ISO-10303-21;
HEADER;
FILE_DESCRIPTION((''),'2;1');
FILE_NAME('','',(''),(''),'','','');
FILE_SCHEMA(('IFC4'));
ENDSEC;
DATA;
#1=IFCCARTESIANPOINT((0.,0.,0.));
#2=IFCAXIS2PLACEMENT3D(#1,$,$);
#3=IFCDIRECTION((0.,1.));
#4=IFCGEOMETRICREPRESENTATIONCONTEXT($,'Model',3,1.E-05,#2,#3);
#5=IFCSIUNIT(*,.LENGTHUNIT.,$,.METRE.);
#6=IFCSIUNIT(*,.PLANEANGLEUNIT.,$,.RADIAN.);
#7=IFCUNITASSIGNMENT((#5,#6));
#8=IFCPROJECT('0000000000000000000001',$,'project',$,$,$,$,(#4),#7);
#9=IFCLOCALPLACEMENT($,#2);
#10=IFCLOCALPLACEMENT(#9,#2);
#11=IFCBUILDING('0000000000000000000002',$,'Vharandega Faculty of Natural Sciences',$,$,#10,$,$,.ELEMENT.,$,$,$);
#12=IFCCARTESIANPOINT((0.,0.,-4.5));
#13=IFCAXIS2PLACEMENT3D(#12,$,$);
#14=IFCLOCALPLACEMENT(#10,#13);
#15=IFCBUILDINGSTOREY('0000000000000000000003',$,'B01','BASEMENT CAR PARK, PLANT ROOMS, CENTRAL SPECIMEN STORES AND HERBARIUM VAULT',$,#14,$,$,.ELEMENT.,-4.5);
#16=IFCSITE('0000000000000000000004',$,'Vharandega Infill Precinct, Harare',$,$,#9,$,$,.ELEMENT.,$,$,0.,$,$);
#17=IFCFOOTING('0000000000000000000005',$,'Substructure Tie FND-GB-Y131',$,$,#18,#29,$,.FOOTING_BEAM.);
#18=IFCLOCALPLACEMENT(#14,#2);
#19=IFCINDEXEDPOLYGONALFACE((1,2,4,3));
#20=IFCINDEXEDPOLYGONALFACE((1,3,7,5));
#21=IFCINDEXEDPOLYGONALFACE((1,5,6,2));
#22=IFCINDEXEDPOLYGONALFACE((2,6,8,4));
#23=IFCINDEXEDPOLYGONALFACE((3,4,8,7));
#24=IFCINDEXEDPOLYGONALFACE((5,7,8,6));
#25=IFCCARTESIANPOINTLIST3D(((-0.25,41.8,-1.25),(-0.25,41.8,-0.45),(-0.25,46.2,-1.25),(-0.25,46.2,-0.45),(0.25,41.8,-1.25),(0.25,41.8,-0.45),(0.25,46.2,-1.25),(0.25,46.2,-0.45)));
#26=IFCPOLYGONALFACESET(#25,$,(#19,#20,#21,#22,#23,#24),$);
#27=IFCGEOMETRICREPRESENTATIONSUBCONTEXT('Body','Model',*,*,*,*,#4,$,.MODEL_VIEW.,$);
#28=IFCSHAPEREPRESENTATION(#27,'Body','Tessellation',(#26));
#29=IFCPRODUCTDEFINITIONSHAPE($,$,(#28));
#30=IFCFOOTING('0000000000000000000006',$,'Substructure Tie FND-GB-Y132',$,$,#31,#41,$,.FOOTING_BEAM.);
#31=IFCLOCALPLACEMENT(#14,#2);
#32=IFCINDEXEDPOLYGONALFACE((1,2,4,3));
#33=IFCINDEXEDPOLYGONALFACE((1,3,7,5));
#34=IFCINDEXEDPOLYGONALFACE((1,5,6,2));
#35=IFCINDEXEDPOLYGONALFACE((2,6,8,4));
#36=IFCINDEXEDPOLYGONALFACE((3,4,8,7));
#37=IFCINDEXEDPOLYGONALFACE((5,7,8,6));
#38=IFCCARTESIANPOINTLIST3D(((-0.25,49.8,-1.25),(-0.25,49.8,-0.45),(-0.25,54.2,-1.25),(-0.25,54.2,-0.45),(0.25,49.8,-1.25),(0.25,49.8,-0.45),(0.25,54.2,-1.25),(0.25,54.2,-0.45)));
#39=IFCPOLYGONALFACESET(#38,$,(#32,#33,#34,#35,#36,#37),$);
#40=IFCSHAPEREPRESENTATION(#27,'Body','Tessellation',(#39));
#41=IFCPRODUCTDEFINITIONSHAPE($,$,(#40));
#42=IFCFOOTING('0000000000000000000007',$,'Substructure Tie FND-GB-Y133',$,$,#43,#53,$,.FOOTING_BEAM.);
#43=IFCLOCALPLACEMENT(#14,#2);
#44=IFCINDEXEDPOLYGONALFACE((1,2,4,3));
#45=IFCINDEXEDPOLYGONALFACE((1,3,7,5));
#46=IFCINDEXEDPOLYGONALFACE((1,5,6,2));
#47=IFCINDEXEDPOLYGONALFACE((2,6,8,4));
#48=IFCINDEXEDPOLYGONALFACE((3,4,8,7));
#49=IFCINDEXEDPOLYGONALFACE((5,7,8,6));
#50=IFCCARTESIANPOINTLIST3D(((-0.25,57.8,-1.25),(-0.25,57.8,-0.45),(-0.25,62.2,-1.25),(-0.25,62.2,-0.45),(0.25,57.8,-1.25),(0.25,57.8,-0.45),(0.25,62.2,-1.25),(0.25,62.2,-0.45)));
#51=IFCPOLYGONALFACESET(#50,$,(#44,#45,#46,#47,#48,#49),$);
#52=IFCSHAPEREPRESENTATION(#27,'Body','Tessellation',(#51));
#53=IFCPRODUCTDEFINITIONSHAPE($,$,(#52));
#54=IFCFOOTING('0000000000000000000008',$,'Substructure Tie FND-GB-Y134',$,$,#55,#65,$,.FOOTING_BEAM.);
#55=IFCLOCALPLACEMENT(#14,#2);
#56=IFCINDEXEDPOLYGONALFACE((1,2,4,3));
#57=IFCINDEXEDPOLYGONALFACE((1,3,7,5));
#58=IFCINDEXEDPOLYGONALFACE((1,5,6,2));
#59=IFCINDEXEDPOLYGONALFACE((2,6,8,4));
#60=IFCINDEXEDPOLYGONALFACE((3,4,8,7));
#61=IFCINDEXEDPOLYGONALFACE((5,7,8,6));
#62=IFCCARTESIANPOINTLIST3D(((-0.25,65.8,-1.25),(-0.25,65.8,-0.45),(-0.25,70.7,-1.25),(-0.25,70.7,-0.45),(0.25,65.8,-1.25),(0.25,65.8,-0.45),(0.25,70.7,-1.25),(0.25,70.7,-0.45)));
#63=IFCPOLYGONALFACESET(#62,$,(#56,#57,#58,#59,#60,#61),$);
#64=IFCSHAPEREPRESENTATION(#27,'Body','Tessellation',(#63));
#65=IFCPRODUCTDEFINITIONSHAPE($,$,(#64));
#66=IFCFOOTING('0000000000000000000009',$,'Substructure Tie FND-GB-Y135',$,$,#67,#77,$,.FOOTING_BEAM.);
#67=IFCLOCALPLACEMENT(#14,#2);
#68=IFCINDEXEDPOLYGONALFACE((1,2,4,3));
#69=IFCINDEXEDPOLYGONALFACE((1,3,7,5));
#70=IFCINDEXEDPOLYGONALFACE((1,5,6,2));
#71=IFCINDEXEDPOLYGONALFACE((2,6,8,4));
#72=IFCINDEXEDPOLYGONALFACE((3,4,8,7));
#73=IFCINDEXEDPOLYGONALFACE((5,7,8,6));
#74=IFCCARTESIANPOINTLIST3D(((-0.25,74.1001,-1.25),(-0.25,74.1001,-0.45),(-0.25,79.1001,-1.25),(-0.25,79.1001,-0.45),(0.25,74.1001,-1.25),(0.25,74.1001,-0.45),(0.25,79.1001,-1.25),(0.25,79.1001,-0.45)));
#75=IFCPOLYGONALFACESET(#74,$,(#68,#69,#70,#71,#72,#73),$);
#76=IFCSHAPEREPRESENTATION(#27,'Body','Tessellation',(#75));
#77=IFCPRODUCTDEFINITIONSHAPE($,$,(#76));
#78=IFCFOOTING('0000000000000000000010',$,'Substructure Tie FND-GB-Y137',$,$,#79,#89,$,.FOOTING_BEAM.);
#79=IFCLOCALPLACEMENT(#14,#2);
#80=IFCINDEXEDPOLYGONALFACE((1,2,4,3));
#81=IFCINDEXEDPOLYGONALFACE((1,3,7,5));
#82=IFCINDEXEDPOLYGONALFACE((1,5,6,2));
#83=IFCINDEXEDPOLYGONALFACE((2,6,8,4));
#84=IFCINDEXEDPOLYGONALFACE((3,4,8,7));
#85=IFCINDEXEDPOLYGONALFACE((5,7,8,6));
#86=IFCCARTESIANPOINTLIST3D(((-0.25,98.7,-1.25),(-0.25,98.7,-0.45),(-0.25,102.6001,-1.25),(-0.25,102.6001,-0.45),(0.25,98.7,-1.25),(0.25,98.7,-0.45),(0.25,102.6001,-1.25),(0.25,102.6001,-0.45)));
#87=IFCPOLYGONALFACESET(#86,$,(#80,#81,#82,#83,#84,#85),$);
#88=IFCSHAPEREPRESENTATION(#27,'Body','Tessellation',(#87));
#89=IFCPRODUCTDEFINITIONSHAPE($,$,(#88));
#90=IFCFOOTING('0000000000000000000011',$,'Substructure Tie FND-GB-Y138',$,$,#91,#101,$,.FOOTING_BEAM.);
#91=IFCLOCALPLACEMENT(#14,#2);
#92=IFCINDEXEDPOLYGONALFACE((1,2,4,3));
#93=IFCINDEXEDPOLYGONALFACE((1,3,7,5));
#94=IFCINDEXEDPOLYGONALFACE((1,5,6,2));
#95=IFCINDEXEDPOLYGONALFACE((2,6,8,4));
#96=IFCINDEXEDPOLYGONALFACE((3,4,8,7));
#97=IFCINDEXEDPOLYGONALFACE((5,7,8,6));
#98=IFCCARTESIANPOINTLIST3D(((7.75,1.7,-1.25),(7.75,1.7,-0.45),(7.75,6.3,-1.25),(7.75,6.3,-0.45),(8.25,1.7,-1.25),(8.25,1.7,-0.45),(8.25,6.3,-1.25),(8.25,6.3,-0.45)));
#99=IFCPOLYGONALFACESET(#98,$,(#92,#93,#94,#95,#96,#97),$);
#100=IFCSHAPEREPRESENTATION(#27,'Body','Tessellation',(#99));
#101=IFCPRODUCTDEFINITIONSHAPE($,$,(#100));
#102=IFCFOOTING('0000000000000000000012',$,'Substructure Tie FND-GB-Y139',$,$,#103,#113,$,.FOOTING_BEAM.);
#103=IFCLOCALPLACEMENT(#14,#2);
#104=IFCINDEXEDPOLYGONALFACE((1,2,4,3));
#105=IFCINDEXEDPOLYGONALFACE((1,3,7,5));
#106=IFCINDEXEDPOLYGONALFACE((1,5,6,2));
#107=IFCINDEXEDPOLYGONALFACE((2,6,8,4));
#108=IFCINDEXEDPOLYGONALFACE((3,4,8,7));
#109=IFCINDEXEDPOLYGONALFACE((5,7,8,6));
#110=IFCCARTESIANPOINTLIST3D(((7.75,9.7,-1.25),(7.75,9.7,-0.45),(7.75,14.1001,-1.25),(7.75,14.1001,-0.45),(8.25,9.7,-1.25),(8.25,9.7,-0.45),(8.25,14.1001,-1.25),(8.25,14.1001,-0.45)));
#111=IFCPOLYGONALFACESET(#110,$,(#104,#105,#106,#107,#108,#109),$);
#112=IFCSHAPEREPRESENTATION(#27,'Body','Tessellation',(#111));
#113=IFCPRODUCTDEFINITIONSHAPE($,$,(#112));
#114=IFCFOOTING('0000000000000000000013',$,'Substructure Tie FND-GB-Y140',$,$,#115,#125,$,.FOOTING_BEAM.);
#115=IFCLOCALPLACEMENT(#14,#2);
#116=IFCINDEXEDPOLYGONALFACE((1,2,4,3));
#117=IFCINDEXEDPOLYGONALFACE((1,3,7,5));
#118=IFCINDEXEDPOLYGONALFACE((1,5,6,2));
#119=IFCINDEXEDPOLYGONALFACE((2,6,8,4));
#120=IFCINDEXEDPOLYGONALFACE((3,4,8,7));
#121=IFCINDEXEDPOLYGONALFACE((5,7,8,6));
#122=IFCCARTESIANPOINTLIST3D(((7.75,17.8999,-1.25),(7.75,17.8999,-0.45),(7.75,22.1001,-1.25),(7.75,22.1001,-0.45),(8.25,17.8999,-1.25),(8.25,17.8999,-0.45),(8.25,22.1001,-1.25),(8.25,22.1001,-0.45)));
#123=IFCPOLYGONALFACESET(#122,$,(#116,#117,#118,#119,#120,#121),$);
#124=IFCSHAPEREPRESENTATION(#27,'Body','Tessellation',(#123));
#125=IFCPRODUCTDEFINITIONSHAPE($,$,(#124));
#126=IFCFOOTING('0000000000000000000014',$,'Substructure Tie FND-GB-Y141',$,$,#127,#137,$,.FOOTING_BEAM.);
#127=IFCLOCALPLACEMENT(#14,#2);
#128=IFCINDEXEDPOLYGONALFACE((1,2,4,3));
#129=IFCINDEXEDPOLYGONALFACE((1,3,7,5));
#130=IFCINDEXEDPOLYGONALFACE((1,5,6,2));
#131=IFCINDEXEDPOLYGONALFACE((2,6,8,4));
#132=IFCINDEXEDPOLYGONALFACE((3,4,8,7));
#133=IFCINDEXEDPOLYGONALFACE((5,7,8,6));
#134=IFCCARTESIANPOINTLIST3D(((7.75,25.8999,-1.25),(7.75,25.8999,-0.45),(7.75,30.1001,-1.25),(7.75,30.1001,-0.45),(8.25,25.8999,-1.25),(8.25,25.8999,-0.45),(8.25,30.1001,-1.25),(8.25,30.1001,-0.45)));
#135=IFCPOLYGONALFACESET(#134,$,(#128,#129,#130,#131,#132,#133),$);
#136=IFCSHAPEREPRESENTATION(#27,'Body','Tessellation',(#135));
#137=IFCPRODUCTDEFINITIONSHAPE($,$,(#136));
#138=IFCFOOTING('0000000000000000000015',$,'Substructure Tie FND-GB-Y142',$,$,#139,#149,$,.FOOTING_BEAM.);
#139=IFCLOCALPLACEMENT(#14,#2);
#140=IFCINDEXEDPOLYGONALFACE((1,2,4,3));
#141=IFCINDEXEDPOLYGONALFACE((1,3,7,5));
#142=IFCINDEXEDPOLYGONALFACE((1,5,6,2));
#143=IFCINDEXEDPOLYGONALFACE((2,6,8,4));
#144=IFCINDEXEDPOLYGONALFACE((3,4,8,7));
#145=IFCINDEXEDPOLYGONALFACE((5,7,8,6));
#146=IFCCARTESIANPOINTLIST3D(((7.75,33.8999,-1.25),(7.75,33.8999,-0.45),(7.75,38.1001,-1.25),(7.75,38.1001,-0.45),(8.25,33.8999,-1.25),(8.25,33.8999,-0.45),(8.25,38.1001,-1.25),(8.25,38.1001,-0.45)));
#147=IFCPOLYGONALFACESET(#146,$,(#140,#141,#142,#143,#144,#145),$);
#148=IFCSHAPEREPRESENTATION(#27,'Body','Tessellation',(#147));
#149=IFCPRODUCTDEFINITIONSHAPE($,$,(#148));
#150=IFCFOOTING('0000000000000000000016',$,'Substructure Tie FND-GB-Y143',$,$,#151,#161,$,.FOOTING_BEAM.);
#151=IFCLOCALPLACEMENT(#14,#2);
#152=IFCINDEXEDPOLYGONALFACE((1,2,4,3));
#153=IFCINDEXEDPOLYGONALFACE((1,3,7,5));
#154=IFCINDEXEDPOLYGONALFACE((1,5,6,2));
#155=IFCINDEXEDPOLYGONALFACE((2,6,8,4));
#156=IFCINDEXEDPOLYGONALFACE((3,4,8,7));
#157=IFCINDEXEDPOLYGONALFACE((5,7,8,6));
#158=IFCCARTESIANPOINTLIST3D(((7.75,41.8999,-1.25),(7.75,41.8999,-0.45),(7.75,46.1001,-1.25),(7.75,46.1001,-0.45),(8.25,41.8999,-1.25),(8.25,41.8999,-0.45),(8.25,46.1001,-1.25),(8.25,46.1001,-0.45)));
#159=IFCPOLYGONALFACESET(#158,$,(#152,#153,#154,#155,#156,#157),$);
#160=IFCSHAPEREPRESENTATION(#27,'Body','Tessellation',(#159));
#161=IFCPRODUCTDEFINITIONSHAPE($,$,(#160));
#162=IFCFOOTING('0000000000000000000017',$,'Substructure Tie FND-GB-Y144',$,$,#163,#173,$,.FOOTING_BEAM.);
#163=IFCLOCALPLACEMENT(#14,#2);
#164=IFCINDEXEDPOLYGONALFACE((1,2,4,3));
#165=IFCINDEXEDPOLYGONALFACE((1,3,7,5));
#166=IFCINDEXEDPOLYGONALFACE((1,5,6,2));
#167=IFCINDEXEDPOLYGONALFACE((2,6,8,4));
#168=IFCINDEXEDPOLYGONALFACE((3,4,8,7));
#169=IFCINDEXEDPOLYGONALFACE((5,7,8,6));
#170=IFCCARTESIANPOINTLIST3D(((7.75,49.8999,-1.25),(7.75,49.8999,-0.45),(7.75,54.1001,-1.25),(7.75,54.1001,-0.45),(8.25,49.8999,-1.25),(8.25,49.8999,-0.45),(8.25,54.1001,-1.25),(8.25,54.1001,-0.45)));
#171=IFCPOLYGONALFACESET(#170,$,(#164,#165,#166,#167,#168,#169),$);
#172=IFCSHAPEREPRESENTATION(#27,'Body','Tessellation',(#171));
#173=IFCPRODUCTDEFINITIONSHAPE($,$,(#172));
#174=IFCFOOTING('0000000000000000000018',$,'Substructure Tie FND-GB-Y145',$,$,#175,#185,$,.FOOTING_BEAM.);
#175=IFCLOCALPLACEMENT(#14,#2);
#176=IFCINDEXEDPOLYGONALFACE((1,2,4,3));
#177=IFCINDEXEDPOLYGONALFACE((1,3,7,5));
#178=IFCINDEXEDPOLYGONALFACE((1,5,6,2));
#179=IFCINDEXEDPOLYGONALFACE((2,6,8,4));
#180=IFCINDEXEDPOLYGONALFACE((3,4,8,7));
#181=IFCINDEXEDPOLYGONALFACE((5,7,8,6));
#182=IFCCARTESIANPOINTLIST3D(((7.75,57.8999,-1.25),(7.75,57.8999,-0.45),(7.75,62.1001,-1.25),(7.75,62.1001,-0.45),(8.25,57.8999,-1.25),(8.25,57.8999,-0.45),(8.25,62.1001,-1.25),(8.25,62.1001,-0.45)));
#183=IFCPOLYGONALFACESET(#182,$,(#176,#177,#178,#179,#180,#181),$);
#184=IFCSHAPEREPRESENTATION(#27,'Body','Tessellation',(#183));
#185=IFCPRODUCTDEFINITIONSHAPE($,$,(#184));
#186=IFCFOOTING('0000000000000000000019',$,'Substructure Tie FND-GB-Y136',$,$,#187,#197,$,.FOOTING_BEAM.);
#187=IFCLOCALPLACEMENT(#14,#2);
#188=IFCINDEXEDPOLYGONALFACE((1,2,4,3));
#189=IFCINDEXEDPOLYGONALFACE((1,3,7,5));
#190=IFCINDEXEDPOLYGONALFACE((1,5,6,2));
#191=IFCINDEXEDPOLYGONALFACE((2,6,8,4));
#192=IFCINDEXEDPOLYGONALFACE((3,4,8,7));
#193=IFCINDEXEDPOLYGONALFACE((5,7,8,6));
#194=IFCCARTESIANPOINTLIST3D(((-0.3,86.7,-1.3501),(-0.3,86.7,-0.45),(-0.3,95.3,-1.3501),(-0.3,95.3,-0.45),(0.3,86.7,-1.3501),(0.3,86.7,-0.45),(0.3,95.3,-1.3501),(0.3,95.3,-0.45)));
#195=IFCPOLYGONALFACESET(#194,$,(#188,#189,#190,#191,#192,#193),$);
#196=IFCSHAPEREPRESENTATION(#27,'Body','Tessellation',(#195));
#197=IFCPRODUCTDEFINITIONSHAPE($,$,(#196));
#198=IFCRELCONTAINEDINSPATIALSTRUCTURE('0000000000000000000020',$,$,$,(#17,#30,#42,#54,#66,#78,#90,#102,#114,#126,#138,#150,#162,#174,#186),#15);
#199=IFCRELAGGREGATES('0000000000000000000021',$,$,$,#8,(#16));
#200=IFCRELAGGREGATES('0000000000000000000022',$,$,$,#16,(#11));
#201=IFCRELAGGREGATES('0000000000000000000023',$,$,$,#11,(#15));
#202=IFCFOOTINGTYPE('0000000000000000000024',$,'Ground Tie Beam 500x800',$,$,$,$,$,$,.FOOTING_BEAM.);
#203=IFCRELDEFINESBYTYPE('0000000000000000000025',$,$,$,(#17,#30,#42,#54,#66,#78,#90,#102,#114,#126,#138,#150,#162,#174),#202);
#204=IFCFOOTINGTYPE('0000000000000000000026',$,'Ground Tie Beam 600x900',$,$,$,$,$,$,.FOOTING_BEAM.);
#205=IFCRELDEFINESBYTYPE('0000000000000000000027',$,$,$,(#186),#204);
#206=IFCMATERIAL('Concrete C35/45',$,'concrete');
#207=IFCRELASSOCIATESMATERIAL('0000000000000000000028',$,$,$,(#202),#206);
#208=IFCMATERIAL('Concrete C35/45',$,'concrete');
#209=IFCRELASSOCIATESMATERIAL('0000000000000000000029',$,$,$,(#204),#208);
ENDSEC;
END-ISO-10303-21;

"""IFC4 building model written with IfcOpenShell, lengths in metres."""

from ifc_helpers import new_model, si_unit, direction, frame, origin, place, context, subcontext, project, spatial, polyline, outline, extrude, material, type_object, element, save


model = new_model("IFC4")

# Units and contexts
model_context = context("Model", 3, precision=1e-05, world=origin(), true_north=direction((0.0, 1.0)))
body_context = subcontext(model_context, "Body", "Model", "MODEL_VIEW")
ifc_project = project(units=[si_unit("LENGTHUNIT", "METRE"), si_unit("PLANEANGLEUNIT", "RADIAN")], contexts=[model_context])

# Site, building, storey
site_placement = place(None, origin())
site = spatial("IfcSite", under=ifc_project, at=site_placement, Name="Vharandega Infill Precinct, Harare", CompositionType="ELEMENT", RefElevation=0.0)
building_placement = place(site_placement, origin())
building = spatial("IfcBuilding", under=site, at=building_placement, Name="Vharandega Faculty of Natural Sciences", CompositionType="ELEMENT")
storey_placement = place(building_placement, frame((0.0, 0.0, -4.5)))
storey = spatial("IfcBuildingStorey", under=building, at=storey_placement, Name="B01", Description="BASEMENT CAR PARK, PLANT ROOMS, CENTRAL SPECIMEN STORES AND HERBARIUM VAULT", CompositionType="ELEMENT", Elevation=-4.5)

# Footings
ifc_material_1 = material(Name="Concrete C35/45", Category="concrete")
footing_type_1 = type_object("IfcFootingType", Name="Ground Tie Beam 500x800", PredefinedType="FOOTING_BEAM", material=ifc_material_1)
footing_1_placement = place(storey_placement, frame((0.0, 0.0, -1.25)))
element("IfcFooting", 1, at=footing_1_placement, inside=storey, type_object=footing_type_1, Name="Substructure Tie FND-GB-Y131", PredefinedType="FOOTING_BEAM", context=body_context, shape_type="SweptSolid", body=[
    extrude(outline(polyline([(-0.25, 41.8), (0.25, 41.8), (0.25, 46.2), (-0.25, 46.2), (-0.25, 41.8)])), origin(), (0.0, 0.0, 1.0), 0.8),
])
footing_2_placement = place(storey_placement, frame((0.0, 0.0, -1.25)))
element("IfcFooting", 2, at=footing_2_placement, inside=storey, type_object=footing_type_1, Name="Substructure Tie FND-GB-Y132", PredefinedType="FOOTING_BEAM", context=body_context, shape_type="SweptSolid", body=[
    extrude(outline(polyline([(-0.25, 49.8), (0.25, 49.8), (0.25, 54.2), (-0.25, 54.2), (-0.25, 49.8)])), origin(), (0.0, 0.0, 1.0), 0.8),
])
footing_3_placement = place(storey_placement, frame((0.0, 0.0, -1.25)))
element("IfcFooting", 3, at=footing_3_placement, inside=storey, type_object=footing_type_1, Name="Substructure Tie FND-GB-Y133", PredefinedType="FOOTING_BEAM", context=body_context, shape_type="SweptSolid", body=[
    extrude(outline(polyline([(-0.25, 57.8), (0.25, 57.8), (0.25, 62.2), (-0.25, 62.2), (-0.25, 57.8)])), origin(), (0.0, 0.0, 1.0), 0.8),
])
footing_4_placement = place(storey_placement, frame((0.0, 0.0, -1.25)))
element("IfcFooting", 4, at=footing_4_placement, inside=storey, type_object=footing_type_1, Name="Substructure Tie FND-GB-Y134", PredefinedType="FOOTING_BEAM", context=body_context, shape_type="SweptSolid", body=[
    extrude(outline(polyline([(-0.25, 65.8), (0.25, 65.8), (0.25, 70.7), (-0.25, 70.7), (-0.25, 65.8)])), origin(), (0.0, 0.0, 1.0), 0.8),
])
footing_5_placement = place(storey_placement, frame((0.0, 0.0, -1.25)))
element("IfcFooting", 5, at=footing_5_placement, inside=storey, type_object=footing_type_1, Name="Substructure Tie FND-GB-Y135", PredefinedType="FOOTING_BEAM", context=body_context, shape_type="SweptSolid", body=[
    extrude(outline(polyline([(-0.25, 74.1001), (0.25, 74.1001), (0.25, 79.1001), (-0.25, 79.1001), (-0.25, 74.1001)])), origin(), (0.0, 0.0, 1.0), 0.8),
])
footing_6_placement = place(storey_placement, frame((0.0, 0.0, -1.25)))
element("IfcFooting", 6, at=footing_6_placement, inside=storey, type_object=footing_type_1, Name="Substructure Tie FND-GB-Y137", PredefinedType="FOOTING_BEAM", context=body_context, shape_type="SweptSolid", body=[
    extrude(outline(polyline([(-0.25, 98.7), (0.25, 98.7), (0.25, 102.6001), (-0.25, 102.6001), (-0.25, 98.7)])), origin(), (0.0, 0.0, 1.0), 0.8),
])
footing_7_placement = place(storey_placement, frame((0.0, 0.0, -1.25)))
element("IfcFooting", 7, at=footing_7_placement, inside=storey, type_object=footing_type_1, Name="Substructure Tie FND-GB-Y138", PredefinedType="FOOTING_BEAM", context=body_context, shape_type="SweptSolid", body=[
    extrude(outline(polyline([(7.75, 1.7), (8.25, 1.7), (8.25, 6.3), (7.75, 6.3), (7.75, 1.7)])), origin(), (0.0, 0.0, 1.0), 0.8),
])
footing_8_placement = place(storey_placement, frame((0.0, 0.0, -1.25)))
element("IfcFooting", 8, at=footing_8_placement, inside=storey, type_object=footing_type_1, Name="Substructure Tie FND-GB-Y139", PredefinedType="FOOTING_BEAM", context=body_context, shape_type="SweptSolid", body=[
    extrude(outline(polyline([(7.75, 9.7), (8.25, 9.7), (8.25, 14.1001), (7.75, 14.1001), (7.75, 9.7)])), origin(), (0.0, 0.0, 1.0), 0.8),
])
footing_9_placement = place(storey_placement, frame((0.0, 0.0, -1.25)))
element("IfcFooting", 9, at=footing_9_placement, inside=storey, type_object=footing_type_1, Name="Substructure Tie FND-GB-Y140", PredefinedType="FOOTING_BEAM", context=body_context, shape_type="SweptSolid", body=[
    extrude(outline(polyline([(7.75, 17.8999), (8.25, 17.8999), (8.25, 22.1001), (7.75, 22.1001), (7.75, 17.8999)])), origin(), (0.0, 0.0, 1.0), 0.8),
])
footing_10_placement = place(storey_placement, frame((0.0, 0.0, -1.25)))
element("IfcFooting", 10, at=footing_10_placement, inside=storey, type_object=footing_type_1, Name="Substructure Tie FND-GB-Y141", PredefinedType="FOOTING_BEAM", context=body_context, shape_type="SweptSolid", body=[
    extrude(outline(polyline([(7.75, 25.8999), (8.25, 25.8999), (8.25, 30.1001), (7.75, 30.1001), (7.75, 25.8999)])), origin(), (0.0, 0.0, 1.0), 0.8),
])
footing_11_placement = place(storey_placement, frame((0.0, 0.0, -1.25)))
element("IfcFooting", 11, at=footing_11_placement, inside=storey, type_object=footing_type_1, Name="Substructure Tie FND-GB-Y142", PredefinedType="FOOTING_BEAM", context=body_context, shape_type="SweptSolid", body=[
    extrude(outline(polyline([(7.75, 33.8999), (8.25, 33.8999), (8.25, 38.1001), (7.75, 38.1001), (7.75, 33.8999)])), origin(), (0.0, 0.0, 1.0), 0.8),
])
footing_12_placement = place(storey_placement, frame((0.0, 0.0, -1.25)))
element("IfcFooting", 12, at=footing_12_placement, inside=storey, type_object=footing_type_1, Name="Substructure Tie FND-GB-Y143", PredefinedType="FOOTING_BEAM", context=body_context, shape_type="SweptSolid", body=[
    extrude(outline(polyline([(7.75, 41.8999), (8.25, 41.8999), (8.25, 46.1001), (7.75, 46.1001), (7.75, 41.8999)])), origin(), (0.0, 0.0, 1.0), 0.8),
])
footing_13_placement = place(storey_placement, frame((0.0, 0.0, -1.25)))
element("IfcFooting", 13, at=footing_13_placement, inside=storey, type_object=footing_type_1, Name="Substructure Tie FND-GB-Y144", PredefinedType="FOOTING_BEAM", context=body_context, shape_type="SweptSolid", body=[
    extrude(outline(polyline([(7.75, 49.8999), (8.25, 49.8999), (8.25, 54.1001), (7.75, 54.1001), (7.75, 49.8999)])), origin(), (0.0, 0.0, 1.0), 0.8),
])
footing_14_placement = place(storey_placement, frame((0.0, 0.0, -1.25)))
element("IfcFooting", 14, at=footing_14_placement, inside=storey, type_object=footing_type_1, Name="Substructure Tie FND-GB-Y145", PredefinedType="FOOTING_BEAM", context=body_context, shape_type="SweptSolid", body=[
    extrude(outline(polyline([(7.75, 57.8999), (8.25, 57.8999), (8.25, 62.1001), (7.75, 62.1001), (7.75, 57.8999)])), origin(), (0.0, 0.0, 1.0), 0.8),
])
ifc_material_2 = material(Name="Concrete C35/45", Category="concrete")
footing_type_2 = type_object("IfcFootingType", Name="Ground Tie Beam 600x900", PredefinedType="FOOTING_BEAM", material=ifc_material_2)
footing_15_placement = place(storey_placement, frame((0.0, 0.0, -1.3501)))
element("IfcFooting", 15, at=footing_15_placement, inside=storey, type_object=footing_type_2, Name="Substructure Tie FND-GB-Y136", PredefinedType="FOOTING_BEAM", context=body_context, shape_type="SweptSolid", body=[
    extrude(outline(polyline([(-0.3, 86.7), (0.3, 86.7), (0.3, 95.3), (-0.3, 95.3), (-0.3, 86.7)])), origin(), (0.0, 0.0, 1.0), 0.9001),
])

save(model, "model.ifc")
